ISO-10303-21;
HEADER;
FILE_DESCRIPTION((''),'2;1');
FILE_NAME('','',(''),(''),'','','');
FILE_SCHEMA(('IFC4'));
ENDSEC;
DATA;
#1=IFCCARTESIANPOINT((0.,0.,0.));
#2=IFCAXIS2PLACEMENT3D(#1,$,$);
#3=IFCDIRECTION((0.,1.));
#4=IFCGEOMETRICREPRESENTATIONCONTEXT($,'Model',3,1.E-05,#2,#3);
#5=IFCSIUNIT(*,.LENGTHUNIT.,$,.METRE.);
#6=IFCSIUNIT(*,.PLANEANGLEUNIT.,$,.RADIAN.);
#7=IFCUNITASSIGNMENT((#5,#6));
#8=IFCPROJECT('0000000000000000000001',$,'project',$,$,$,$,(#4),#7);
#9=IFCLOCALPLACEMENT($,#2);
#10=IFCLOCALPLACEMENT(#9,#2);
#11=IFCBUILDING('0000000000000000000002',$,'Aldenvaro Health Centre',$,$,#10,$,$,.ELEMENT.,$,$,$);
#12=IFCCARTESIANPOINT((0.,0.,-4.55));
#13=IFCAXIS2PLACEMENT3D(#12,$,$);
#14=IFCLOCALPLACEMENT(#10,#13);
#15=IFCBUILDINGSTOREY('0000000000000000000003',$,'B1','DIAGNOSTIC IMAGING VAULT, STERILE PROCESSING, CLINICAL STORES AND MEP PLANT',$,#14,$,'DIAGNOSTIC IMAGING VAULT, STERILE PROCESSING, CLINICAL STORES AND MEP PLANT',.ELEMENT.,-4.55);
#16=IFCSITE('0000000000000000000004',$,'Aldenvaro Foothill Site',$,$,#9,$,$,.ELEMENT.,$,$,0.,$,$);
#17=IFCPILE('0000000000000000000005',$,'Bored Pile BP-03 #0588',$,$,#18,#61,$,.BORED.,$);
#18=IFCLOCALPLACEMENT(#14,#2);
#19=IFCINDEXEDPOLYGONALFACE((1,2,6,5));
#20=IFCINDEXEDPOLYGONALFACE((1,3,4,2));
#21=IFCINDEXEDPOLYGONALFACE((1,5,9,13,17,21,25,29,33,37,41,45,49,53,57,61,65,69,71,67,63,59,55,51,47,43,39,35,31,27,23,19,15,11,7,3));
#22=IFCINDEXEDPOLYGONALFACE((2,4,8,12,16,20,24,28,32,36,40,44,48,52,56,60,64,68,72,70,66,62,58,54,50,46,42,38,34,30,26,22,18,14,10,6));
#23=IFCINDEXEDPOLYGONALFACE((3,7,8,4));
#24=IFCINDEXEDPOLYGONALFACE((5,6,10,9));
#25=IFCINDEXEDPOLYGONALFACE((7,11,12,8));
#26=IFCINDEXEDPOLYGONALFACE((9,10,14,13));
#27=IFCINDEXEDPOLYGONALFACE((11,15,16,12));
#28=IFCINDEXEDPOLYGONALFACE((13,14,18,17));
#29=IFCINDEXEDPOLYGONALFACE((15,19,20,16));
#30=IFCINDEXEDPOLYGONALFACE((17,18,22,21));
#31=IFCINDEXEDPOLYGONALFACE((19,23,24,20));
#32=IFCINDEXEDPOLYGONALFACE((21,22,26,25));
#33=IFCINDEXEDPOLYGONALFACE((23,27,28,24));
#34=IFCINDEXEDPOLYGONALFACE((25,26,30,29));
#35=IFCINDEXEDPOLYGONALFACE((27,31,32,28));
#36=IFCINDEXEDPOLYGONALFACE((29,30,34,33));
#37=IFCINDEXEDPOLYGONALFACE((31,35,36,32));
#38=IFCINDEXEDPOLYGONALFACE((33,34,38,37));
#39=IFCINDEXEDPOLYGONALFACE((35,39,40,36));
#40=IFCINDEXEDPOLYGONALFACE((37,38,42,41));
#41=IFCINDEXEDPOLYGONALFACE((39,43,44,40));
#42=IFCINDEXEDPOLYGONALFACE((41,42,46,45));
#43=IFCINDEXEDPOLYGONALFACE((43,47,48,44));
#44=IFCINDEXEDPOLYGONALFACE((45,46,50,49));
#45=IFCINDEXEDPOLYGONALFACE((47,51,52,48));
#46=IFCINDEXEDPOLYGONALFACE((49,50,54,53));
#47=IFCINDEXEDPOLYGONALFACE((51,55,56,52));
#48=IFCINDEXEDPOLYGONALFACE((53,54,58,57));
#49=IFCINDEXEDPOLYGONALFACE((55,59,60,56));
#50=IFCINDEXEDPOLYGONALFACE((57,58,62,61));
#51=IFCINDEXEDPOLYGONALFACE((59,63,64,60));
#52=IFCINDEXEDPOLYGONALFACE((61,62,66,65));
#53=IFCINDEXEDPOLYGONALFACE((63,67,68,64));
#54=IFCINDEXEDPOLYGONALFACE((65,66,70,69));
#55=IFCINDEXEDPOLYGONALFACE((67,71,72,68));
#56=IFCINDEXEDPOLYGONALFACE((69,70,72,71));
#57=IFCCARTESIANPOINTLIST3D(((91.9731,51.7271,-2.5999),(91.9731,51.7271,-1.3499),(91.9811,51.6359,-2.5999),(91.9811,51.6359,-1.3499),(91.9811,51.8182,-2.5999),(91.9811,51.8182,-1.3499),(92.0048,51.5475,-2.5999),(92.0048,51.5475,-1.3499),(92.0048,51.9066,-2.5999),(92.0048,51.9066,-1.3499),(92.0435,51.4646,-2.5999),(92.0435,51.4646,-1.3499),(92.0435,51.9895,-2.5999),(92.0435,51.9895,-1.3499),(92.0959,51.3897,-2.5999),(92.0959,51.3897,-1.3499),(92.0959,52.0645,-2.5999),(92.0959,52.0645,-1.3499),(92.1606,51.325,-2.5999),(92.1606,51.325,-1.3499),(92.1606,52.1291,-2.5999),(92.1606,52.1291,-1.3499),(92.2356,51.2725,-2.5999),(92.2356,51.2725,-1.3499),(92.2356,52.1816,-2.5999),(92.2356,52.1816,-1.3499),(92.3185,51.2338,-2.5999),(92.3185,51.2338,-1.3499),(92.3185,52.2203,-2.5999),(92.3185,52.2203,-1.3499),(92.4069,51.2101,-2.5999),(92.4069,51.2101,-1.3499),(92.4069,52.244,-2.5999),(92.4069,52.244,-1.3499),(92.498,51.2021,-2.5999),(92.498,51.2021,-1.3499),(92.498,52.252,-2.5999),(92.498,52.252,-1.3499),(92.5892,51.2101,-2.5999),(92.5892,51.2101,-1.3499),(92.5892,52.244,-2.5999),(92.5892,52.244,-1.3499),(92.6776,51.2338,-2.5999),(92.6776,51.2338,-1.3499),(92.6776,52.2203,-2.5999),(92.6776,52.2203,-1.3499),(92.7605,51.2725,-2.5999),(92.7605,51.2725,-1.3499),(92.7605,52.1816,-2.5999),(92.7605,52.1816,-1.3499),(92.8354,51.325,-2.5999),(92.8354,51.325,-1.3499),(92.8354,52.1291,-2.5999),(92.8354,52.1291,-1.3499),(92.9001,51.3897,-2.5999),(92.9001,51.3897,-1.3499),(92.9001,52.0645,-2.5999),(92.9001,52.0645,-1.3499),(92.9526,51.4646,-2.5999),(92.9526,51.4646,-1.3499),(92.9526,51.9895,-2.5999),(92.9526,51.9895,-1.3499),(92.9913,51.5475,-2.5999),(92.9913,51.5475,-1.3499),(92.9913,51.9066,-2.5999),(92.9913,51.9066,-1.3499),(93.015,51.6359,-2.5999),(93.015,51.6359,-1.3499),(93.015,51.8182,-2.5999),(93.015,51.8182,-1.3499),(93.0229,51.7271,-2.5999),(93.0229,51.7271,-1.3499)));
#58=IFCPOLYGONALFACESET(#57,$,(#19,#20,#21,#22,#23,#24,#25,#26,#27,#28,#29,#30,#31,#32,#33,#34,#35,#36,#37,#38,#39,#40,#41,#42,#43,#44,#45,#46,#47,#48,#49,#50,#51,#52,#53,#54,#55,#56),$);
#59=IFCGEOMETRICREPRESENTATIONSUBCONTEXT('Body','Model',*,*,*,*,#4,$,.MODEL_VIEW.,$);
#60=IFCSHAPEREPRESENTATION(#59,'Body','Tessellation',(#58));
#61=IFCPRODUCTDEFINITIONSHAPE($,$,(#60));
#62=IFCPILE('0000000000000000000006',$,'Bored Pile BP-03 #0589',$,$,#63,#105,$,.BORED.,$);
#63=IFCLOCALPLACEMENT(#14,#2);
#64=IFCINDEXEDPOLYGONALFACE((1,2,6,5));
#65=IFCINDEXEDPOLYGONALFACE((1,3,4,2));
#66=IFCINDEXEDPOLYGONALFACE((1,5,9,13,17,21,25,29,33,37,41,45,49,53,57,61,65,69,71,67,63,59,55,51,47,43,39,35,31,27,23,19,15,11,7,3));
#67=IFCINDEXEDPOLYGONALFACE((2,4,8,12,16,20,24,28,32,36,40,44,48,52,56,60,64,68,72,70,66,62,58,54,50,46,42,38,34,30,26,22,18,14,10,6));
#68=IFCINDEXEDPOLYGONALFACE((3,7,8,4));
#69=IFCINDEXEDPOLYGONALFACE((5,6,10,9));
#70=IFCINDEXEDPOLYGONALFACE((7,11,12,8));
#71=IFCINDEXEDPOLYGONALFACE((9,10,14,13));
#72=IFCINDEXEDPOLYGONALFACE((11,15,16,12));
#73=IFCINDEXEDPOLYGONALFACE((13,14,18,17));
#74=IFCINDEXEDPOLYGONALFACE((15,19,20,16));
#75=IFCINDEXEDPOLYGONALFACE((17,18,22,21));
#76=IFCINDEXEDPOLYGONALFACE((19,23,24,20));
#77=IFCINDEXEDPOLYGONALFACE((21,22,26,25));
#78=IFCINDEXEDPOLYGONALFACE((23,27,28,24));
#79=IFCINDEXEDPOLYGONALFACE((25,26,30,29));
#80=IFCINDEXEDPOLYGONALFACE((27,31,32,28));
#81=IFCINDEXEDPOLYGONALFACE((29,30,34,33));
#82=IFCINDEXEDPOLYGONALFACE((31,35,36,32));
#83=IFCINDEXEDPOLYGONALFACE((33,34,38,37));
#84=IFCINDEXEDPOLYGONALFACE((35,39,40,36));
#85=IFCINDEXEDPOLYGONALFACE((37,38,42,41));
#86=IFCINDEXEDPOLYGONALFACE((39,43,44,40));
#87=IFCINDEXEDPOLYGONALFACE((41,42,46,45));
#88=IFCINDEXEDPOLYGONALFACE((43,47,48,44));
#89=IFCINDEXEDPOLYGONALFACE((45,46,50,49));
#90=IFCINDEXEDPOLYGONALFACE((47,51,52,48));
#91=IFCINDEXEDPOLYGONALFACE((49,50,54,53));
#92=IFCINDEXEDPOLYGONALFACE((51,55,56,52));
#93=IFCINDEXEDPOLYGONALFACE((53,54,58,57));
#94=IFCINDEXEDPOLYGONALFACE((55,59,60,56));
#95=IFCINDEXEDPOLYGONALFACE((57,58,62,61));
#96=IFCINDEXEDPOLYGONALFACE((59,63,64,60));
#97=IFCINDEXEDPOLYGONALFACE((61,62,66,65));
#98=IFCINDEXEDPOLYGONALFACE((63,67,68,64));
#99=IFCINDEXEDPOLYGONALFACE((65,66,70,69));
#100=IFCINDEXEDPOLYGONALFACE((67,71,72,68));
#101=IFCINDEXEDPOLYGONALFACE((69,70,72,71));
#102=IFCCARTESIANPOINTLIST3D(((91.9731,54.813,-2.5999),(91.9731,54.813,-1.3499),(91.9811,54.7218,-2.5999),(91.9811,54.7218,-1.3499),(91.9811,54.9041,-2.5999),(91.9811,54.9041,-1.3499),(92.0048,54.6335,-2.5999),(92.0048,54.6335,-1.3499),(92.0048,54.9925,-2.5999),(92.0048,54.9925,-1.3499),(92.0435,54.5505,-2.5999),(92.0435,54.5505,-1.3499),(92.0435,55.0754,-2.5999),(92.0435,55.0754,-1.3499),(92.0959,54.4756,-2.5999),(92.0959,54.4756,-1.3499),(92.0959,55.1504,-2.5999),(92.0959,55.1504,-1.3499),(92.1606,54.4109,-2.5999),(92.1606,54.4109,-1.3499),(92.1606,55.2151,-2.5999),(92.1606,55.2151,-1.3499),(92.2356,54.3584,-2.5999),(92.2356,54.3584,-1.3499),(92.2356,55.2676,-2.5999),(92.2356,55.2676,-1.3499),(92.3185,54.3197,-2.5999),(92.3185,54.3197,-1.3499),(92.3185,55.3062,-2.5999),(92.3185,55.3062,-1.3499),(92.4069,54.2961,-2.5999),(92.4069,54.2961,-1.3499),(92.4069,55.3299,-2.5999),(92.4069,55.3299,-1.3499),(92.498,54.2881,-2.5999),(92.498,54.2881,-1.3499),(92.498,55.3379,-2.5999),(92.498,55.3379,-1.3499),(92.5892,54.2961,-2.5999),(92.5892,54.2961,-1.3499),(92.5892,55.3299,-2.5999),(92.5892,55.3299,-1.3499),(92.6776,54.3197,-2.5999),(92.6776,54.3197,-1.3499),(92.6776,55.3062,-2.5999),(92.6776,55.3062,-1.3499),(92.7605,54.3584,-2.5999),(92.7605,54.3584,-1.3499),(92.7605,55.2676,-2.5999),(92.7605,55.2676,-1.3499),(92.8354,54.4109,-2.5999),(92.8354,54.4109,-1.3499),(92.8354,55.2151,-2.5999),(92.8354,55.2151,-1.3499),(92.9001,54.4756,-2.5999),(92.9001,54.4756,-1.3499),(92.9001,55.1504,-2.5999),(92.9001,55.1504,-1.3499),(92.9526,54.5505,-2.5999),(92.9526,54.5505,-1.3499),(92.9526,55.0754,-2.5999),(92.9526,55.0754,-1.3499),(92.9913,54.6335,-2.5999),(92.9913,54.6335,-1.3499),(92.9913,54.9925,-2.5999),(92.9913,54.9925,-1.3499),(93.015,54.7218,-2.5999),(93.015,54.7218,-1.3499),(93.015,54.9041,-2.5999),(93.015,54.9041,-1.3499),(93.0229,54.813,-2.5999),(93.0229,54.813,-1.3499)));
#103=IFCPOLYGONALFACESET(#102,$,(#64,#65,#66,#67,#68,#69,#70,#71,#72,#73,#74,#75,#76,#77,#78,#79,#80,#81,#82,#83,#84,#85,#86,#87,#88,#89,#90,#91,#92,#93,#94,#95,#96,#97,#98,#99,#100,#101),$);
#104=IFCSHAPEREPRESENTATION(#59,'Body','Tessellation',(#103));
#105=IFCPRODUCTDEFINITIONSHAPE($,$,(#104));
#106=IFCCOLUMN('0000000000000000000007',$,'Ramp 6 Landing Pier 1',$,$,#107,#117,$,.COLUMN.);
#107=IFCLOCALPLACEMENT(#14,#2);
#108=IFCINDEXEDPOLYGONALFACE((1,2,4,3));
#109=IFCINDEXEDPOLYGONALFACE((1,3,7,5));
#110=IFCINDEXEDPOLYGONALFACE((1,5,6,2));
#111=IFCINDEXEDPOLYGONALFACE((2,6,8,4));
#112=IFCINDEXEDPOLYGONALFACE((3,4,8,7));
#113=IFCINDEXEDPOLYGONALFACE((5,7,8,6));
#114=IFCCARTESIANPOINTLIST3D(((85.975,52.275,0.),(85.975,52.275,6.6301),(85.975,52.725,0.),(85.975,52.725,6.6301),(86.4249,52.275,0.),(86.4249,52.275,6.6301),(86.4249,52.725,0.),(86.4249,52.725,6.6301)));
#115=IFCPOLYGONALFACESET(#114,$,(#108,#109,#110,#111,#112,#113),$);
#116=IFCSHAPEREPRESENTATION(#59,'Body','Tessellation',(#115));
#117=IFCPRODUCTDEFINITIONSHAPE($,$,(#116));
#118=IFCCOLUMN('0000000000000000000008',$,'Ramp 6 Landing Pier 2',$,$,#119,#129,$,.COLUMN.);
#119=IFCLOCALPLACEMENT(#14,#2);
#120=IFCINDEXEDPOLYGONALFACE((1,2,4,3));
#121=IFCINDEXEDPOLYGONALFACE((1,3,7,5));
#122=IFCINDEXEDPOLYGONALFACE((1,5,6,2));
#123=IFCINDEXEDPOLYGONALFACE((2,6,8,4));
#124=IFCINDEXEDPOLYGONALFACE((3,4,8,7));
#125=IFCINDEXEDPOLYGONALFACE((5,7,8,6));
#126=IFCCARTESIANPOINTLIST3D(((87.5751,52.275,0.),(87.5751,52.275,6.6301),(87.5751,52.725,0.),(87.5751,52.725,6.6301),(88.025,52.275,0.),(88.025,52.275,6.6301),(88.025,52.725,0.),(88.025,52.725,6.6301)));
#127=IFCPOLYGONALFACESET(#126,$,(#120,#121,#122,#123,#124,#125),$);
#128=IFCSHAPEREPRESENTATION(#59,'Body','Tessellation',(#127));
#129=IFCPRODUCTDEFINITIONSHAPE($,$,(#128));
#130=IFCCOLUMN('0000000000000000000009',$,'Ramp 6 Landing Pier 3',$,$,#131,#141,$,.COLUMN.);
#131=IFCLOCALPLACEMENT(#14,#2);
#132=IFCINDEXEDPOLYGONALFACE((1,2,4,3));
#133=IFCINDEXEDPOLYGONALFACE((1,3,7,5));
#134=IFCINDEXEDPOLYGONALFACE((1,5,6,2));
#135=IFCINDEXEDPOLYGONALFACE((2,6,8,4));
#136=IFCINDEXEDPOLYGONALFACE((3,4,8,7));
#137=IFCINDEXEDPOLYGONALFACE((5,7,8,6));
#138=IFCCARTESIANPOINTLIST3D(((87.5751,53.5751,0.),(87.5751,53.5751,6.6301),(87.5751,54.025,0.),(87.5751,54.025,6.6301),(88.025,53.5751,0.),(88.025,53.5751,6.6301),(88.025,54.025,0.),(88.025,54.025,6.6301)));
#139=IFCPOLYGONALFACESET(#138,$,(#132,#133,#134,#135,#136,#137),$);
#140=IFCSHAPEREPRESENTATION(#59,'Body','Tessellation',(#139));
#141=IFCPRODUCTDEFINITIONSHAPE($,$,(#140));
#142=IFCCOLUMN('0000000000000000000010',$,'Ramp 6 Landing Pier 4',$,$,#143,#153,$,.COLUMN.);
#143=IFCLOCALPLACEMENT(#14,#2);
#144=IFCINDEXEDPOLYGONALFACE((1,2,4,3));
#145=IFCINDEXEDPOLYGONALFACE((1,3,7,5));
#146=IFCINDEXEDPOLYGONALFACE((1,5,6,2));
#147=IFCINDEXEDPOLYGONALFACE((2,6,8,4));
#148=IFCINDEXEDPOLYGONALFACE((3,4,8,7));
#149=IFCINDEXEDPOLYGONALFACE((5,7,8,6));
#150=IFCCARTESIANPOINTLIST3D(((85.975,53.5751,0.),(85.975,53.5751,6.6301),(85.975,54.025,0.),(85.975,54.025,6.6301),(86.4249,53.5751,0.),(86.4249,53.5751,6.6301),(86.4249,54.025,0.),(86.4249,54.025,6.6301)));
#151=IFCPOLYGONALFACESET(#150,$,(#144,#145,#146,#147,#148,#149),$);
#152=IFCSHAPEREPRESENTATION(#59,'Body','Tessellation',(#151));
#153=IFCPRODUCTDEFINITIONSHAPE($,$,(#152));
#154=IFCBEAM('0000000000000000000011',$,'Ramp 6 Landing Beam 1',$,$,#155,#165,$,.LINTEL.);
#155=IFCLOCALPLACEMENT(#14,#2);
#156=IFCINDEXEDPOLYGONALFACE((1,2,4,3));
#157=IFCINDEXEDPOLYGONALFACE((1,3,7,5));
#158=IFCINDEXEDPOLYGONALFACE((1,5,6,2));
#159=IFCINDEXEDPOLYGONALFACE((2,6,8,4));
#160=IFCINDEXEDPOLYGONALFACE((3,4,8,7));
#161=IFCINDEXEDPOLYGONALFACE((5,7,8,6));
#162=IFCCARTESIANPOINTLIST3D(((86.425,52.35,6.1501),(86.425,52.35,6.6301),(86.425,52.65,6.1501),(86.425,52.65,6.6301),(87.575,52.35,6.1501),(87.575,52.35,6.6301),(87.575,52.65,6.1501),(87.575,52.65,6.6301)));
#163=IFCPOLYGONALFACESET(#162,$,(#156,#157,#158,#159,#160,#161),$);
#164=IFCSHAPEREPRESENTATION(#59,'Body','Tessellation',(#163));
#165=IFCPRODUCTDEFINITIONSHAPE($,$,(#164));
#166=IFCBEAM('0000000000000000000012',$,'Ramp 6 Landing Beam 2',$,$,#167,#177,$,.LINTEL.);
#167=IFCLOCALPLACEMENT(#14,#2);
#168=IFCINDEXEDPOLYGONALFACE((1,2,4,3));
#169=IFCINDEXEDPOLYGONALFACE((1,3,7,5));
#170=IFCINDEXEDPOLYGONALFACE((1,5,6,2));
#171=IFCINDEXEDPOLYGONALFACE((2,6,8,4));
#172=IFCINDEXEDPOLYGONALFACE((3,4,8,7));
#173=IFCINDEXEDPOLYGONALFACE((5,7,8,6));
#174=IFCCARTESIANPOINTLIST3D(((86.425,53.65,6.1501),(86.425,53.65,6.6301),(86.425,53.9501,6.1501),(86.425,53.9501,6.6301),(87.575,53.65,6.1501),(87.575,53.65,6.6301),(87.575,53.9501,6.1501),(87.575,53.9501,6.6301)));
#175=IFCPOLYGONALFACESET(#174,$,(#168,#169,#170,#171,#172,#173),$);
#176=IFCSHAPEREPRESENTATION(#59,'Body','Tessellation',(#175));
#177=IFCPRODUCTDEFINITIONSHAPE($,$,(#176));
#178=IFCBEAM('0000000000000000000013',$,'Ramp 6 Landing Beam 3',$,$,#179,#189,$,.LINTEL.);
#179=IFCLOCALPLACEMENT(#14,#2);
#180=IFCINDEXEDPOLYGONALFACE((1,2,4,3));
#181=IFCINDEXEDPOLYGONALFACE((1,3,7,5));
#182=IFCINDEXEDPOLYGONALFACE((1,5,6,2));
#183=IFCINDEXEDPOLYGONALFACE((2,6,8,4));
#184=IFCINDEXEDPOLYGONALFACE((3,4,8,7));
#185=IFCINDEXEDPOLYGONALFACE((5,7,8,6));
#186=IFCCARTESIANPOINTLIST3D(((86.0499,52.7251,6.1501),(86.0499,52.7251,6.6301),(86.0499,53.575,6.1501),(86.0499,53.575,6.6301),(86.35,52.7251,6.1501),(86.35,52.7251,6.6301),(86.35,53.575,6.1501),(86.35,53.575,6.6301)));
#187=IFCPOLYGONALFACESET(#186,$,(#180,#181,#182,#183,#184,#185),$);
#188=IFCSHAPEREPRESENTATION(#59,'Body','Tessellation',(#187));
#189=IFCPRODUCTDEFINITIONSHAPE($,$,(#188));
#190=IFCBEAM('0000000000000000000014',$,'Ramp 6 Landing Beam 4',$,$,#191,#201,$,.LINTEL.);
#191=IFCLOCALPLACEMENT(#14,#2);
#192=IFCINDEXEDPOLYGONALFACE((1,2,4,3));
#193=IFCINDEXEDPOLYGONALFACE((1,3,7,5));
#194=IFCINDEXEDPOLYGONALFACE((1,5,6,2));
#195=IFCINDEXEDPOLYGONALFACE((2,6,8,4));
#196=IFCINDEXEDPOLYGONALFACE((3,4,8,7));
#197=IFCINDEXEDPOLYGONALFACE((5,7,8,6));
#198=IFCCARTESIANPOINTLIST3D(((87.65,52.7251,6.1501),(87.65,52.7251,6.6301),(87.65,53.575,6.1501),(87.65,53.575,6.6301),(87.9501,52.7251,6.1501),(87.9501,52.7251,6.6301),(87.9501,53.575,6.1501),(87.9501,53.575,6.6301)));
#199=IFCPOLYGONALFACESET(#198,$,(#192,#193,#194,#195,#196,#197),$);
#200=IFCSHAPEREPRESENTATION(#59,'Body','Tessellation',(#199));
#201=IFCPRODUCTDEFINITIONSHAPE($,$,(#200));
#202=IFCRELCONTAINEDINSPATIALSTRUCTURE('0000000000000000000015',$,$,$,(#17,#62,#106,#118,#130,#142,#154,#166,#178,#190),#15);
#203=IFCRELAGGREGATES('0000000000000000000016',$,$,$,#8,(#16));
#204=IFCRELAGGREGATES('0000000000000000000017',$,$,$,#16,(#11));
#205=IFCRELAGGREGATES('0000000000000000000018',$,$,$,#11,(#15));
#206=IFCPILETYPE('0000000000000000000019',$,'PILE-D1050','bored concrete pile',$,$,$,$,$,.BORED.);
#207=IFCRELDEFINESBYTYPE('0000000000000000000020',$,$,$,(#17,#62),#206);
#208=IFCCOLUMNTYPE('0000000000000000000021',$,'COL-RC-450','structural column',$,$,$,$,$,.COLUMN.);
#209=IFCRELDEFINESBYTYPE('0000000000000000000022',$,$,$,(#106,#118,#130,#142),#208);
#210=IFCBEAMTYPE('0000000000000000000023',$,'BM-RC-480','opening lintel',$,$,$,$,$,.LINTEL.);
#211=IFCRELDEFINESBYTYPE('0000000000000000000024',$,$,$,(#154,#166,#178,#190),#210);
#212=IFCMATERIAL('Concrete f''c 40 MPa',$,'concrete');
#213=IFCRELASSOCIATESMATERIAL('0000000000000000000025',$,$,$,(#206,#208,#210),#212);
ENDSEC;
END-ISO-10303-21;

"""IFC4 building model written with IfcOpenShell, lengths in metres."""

from ifc_helpers import new_model, si_unit, direction, frame, origin, origin_2d, place, context, subcontext, project, spatial, rectangle, circle, extrude, material, material_profile, profile_set, type_object, element, save


model = new_model("IFC4")

# Units and contexts
model_context = context("Model", 3, precision=1e-05, world=origin(), true_north=direction((0.0, 1.0)))
body_context = subcontext(model_context, "Body", "Model", "MODEL_VIEW")
ifc_project = project(units=[si_unit("LENGTHUNIT", "METRE"), si_unit("PLANEANGLEUNIT", "RADIAN")], contexts=[model_context])

# Site, building, storey
site_placement = place(None, origin())
site = spatial("IfcSite", under=ifc_project, at=site_placement, Name="Aldenvaro Foothill Site", CompositionType="ELEMENT", RefElevation=0.0)
building_placement = place(site_placement, origin())
building = spatial("IfcBuilding", under=site, at=building_placement, Name="Aldenvaro Health Centre", CompositionType="ELEMENT")
storey_placement = place(building_placement, frame((0.0, 0.0, -4.55)))
storey = spatial("IfcBuildingStorey", under=building, at=storey_placement, Name="B1", Description="DIAGNOSTIC IMAGING VAULT, STERILE PROCESSING, CLINICAL STORES AND MEP PLANT", LongName="DIAGNOSTIC IMAGING VAULT, STERILE PROCESSING, CLINICAL STORES AND MEP PLANT", CompositionType="ELEMENT", Elevation=-4.55)

# Piles
ifc_material = material(Name="Concrete f'c 40 MPa", Category="concrete")
ifc_material_profile_1 = material_profile(ifc_material, circle(Radius=0.5249, at=origin_2d()), Name="PILE D1050", Category="concrete")
ifc_profile_set_1 = profile_set([ifc_material_profile_1], Name="Concrete f'c 40 MPa")
pile_type = type_object("IfcPileType", Name="PILE-D1050", Description="bored concrete pile", PredefinedType="BORED", material=ifc_profile_set_1)
for number, where, z_axis, x_axis, name in (
    (1, (92.498, 51.7271, -1.3499), (0.0, 0.0, -1.0), (1.0, 0.0, 0.0), "Bored Pile BP-03 #0588"),
    (2, (92.498, 54.813, -1.3499), (0.0, 0.0, -1.0), (1.0, 0.0, 0.0), "Bored Pile BP-03 #0589"),
):
    element("IfcPile", number, at=place(storey_placement, frame(where, z_axis=z_axis, x_axis=x_axis)), inside=storey, type_object=pile_type, Name=name, PredefinedType="BORED", context=body_context, shape_type="SweptSolid", body=[
        extrude(circle(Radius=0.5249, at=origin_2d()), origin(), (0.0, 0.0, 1.0), 1.25),
    ])

# Columns
ifc_material_profile_2 = material_profile(ifc_material, rectangle(XDim=0.45, YDim=0.45, at=origin_2d()), Name="RC 450x450", Category="concrete")
ifc_profile_set_2 = profile_set([ifc_material_profile_2], Name="Concrete f'c 40 MPa")
column_type = type_object("IfcColumnType", Name="COL-RC-450", Description="structural column", PredefinedType="COLUMN", material=ifc_profile_set_2)
for number, where, z_axis, x_axis, name in (
    (3, (86.2, 52.5, 0.0), (0.0, 0.0, 1.0), (1.0, 0.0, 0.0), "Ramp 6 Landing Pier 1"),
    (4, (87.8, 52.5, 0.0), (0.0, 0.0, 1.0), (1.0, 0.0, 0.0), "Ramp 6 Landing Pier 2"),
    (5, (87.8, 53.8, 0.0), (0.0, 0.0, 1.0), (1.0, 0.0, 0.0), "Ramp 6 Landing Pier 3"),
    (6, (86.2, 53.8, 0.0), (0.0, 0.0, 1.0), (1.0, 0.0, 0.0), "Ramp 6 Landing Pier 4"),
):
    element("IfcColumn", number, at=place(storey_placement, frame(where, z_axis=z_axis, x_axis=x_axis)), inside=storey, type_object=column_type, Name=name, PredefinedType="COLUMN", context=body_context, shape_type="SweptSolid", body=[
        extrude(rectangle(XDim=0.45, YDim=0.45, at=origin_2d()), origin(), (0.0, 0.0, 1.0), 6.6301),
    ])

# Beams
ifc_material_profile_3 = material_profile(ifc_material, rectangle(XDim=0.3, YDim=0.48, at=origin_2d()), Name="RC 300x480", Category="concrete")
ifc_profile_set_3 = profile_set([ifc_material_profile_3], Name="Concrete f'c 40 MPa")
beam_type = type_object("IfcBeamType", Name="BM-RC-480", Description="opening lintel", PredefinedType="LINTEL", material=ifc_profile_set_3)
for number, where, z_axis, x_axis, name in (
    (7, (86.425, 52.5, 6.3901), (1.0, 0.0, 0.0), (0.0, 1.0, 0.0), "Ramp 6 Landing Beam 1"),
    (8, (87.575, 53.8, 6.3901), (-1.0, 0.0, 0.0), (0.0, -1.0, 0.0), "Ramp 6 Landing Beam 2"),
):
    element("IfcBeam", number, at=place(storey_placement, frame(where, z_axis=z_axis, x_axis=x_axis)), inside=storey, type_object=beam_type, Name=name, PredefinedType="LINTEL", context=body_context, shape_type="SweptSolid", body=[
        extrude(rectangle(XDim=0.3, YDim=0.48, at=origin_2d()), origin(), (0.0, 0.0, 1.0), 1.1499),
    ])
for number, where, z_axis, x_axis, name in (
    (9, (86.2, 52.7251, 6.3901), (0.0, 1.0, 0.0), (-1.0, 0.0, 0.0), "Ramp 6 Landing Beam 3"),
    (10, (87.8, 52.7251, 6.3901), (0.0, 1.0, 0.0), (-1.0, 0.0, 0.0), "Ramp 6 Landing Beam 4"),
):
    element("IfcBeam", number, at=place(storey_placement, frame(where, z_axis=z_axis, x_axis=x_axis)), inside=storey, type_object=beam_type, Name=name, PredefinedType="LINTEL", context=body_context, shape_type="SweptSolid", body=[
        extrude(rectangle(XDim=0.3, YDim=0.48, at=origin_2d()), origin(), (0.0, 0.0, 1.0), 0.8499),
    ])

save(model, "model.ifc")
